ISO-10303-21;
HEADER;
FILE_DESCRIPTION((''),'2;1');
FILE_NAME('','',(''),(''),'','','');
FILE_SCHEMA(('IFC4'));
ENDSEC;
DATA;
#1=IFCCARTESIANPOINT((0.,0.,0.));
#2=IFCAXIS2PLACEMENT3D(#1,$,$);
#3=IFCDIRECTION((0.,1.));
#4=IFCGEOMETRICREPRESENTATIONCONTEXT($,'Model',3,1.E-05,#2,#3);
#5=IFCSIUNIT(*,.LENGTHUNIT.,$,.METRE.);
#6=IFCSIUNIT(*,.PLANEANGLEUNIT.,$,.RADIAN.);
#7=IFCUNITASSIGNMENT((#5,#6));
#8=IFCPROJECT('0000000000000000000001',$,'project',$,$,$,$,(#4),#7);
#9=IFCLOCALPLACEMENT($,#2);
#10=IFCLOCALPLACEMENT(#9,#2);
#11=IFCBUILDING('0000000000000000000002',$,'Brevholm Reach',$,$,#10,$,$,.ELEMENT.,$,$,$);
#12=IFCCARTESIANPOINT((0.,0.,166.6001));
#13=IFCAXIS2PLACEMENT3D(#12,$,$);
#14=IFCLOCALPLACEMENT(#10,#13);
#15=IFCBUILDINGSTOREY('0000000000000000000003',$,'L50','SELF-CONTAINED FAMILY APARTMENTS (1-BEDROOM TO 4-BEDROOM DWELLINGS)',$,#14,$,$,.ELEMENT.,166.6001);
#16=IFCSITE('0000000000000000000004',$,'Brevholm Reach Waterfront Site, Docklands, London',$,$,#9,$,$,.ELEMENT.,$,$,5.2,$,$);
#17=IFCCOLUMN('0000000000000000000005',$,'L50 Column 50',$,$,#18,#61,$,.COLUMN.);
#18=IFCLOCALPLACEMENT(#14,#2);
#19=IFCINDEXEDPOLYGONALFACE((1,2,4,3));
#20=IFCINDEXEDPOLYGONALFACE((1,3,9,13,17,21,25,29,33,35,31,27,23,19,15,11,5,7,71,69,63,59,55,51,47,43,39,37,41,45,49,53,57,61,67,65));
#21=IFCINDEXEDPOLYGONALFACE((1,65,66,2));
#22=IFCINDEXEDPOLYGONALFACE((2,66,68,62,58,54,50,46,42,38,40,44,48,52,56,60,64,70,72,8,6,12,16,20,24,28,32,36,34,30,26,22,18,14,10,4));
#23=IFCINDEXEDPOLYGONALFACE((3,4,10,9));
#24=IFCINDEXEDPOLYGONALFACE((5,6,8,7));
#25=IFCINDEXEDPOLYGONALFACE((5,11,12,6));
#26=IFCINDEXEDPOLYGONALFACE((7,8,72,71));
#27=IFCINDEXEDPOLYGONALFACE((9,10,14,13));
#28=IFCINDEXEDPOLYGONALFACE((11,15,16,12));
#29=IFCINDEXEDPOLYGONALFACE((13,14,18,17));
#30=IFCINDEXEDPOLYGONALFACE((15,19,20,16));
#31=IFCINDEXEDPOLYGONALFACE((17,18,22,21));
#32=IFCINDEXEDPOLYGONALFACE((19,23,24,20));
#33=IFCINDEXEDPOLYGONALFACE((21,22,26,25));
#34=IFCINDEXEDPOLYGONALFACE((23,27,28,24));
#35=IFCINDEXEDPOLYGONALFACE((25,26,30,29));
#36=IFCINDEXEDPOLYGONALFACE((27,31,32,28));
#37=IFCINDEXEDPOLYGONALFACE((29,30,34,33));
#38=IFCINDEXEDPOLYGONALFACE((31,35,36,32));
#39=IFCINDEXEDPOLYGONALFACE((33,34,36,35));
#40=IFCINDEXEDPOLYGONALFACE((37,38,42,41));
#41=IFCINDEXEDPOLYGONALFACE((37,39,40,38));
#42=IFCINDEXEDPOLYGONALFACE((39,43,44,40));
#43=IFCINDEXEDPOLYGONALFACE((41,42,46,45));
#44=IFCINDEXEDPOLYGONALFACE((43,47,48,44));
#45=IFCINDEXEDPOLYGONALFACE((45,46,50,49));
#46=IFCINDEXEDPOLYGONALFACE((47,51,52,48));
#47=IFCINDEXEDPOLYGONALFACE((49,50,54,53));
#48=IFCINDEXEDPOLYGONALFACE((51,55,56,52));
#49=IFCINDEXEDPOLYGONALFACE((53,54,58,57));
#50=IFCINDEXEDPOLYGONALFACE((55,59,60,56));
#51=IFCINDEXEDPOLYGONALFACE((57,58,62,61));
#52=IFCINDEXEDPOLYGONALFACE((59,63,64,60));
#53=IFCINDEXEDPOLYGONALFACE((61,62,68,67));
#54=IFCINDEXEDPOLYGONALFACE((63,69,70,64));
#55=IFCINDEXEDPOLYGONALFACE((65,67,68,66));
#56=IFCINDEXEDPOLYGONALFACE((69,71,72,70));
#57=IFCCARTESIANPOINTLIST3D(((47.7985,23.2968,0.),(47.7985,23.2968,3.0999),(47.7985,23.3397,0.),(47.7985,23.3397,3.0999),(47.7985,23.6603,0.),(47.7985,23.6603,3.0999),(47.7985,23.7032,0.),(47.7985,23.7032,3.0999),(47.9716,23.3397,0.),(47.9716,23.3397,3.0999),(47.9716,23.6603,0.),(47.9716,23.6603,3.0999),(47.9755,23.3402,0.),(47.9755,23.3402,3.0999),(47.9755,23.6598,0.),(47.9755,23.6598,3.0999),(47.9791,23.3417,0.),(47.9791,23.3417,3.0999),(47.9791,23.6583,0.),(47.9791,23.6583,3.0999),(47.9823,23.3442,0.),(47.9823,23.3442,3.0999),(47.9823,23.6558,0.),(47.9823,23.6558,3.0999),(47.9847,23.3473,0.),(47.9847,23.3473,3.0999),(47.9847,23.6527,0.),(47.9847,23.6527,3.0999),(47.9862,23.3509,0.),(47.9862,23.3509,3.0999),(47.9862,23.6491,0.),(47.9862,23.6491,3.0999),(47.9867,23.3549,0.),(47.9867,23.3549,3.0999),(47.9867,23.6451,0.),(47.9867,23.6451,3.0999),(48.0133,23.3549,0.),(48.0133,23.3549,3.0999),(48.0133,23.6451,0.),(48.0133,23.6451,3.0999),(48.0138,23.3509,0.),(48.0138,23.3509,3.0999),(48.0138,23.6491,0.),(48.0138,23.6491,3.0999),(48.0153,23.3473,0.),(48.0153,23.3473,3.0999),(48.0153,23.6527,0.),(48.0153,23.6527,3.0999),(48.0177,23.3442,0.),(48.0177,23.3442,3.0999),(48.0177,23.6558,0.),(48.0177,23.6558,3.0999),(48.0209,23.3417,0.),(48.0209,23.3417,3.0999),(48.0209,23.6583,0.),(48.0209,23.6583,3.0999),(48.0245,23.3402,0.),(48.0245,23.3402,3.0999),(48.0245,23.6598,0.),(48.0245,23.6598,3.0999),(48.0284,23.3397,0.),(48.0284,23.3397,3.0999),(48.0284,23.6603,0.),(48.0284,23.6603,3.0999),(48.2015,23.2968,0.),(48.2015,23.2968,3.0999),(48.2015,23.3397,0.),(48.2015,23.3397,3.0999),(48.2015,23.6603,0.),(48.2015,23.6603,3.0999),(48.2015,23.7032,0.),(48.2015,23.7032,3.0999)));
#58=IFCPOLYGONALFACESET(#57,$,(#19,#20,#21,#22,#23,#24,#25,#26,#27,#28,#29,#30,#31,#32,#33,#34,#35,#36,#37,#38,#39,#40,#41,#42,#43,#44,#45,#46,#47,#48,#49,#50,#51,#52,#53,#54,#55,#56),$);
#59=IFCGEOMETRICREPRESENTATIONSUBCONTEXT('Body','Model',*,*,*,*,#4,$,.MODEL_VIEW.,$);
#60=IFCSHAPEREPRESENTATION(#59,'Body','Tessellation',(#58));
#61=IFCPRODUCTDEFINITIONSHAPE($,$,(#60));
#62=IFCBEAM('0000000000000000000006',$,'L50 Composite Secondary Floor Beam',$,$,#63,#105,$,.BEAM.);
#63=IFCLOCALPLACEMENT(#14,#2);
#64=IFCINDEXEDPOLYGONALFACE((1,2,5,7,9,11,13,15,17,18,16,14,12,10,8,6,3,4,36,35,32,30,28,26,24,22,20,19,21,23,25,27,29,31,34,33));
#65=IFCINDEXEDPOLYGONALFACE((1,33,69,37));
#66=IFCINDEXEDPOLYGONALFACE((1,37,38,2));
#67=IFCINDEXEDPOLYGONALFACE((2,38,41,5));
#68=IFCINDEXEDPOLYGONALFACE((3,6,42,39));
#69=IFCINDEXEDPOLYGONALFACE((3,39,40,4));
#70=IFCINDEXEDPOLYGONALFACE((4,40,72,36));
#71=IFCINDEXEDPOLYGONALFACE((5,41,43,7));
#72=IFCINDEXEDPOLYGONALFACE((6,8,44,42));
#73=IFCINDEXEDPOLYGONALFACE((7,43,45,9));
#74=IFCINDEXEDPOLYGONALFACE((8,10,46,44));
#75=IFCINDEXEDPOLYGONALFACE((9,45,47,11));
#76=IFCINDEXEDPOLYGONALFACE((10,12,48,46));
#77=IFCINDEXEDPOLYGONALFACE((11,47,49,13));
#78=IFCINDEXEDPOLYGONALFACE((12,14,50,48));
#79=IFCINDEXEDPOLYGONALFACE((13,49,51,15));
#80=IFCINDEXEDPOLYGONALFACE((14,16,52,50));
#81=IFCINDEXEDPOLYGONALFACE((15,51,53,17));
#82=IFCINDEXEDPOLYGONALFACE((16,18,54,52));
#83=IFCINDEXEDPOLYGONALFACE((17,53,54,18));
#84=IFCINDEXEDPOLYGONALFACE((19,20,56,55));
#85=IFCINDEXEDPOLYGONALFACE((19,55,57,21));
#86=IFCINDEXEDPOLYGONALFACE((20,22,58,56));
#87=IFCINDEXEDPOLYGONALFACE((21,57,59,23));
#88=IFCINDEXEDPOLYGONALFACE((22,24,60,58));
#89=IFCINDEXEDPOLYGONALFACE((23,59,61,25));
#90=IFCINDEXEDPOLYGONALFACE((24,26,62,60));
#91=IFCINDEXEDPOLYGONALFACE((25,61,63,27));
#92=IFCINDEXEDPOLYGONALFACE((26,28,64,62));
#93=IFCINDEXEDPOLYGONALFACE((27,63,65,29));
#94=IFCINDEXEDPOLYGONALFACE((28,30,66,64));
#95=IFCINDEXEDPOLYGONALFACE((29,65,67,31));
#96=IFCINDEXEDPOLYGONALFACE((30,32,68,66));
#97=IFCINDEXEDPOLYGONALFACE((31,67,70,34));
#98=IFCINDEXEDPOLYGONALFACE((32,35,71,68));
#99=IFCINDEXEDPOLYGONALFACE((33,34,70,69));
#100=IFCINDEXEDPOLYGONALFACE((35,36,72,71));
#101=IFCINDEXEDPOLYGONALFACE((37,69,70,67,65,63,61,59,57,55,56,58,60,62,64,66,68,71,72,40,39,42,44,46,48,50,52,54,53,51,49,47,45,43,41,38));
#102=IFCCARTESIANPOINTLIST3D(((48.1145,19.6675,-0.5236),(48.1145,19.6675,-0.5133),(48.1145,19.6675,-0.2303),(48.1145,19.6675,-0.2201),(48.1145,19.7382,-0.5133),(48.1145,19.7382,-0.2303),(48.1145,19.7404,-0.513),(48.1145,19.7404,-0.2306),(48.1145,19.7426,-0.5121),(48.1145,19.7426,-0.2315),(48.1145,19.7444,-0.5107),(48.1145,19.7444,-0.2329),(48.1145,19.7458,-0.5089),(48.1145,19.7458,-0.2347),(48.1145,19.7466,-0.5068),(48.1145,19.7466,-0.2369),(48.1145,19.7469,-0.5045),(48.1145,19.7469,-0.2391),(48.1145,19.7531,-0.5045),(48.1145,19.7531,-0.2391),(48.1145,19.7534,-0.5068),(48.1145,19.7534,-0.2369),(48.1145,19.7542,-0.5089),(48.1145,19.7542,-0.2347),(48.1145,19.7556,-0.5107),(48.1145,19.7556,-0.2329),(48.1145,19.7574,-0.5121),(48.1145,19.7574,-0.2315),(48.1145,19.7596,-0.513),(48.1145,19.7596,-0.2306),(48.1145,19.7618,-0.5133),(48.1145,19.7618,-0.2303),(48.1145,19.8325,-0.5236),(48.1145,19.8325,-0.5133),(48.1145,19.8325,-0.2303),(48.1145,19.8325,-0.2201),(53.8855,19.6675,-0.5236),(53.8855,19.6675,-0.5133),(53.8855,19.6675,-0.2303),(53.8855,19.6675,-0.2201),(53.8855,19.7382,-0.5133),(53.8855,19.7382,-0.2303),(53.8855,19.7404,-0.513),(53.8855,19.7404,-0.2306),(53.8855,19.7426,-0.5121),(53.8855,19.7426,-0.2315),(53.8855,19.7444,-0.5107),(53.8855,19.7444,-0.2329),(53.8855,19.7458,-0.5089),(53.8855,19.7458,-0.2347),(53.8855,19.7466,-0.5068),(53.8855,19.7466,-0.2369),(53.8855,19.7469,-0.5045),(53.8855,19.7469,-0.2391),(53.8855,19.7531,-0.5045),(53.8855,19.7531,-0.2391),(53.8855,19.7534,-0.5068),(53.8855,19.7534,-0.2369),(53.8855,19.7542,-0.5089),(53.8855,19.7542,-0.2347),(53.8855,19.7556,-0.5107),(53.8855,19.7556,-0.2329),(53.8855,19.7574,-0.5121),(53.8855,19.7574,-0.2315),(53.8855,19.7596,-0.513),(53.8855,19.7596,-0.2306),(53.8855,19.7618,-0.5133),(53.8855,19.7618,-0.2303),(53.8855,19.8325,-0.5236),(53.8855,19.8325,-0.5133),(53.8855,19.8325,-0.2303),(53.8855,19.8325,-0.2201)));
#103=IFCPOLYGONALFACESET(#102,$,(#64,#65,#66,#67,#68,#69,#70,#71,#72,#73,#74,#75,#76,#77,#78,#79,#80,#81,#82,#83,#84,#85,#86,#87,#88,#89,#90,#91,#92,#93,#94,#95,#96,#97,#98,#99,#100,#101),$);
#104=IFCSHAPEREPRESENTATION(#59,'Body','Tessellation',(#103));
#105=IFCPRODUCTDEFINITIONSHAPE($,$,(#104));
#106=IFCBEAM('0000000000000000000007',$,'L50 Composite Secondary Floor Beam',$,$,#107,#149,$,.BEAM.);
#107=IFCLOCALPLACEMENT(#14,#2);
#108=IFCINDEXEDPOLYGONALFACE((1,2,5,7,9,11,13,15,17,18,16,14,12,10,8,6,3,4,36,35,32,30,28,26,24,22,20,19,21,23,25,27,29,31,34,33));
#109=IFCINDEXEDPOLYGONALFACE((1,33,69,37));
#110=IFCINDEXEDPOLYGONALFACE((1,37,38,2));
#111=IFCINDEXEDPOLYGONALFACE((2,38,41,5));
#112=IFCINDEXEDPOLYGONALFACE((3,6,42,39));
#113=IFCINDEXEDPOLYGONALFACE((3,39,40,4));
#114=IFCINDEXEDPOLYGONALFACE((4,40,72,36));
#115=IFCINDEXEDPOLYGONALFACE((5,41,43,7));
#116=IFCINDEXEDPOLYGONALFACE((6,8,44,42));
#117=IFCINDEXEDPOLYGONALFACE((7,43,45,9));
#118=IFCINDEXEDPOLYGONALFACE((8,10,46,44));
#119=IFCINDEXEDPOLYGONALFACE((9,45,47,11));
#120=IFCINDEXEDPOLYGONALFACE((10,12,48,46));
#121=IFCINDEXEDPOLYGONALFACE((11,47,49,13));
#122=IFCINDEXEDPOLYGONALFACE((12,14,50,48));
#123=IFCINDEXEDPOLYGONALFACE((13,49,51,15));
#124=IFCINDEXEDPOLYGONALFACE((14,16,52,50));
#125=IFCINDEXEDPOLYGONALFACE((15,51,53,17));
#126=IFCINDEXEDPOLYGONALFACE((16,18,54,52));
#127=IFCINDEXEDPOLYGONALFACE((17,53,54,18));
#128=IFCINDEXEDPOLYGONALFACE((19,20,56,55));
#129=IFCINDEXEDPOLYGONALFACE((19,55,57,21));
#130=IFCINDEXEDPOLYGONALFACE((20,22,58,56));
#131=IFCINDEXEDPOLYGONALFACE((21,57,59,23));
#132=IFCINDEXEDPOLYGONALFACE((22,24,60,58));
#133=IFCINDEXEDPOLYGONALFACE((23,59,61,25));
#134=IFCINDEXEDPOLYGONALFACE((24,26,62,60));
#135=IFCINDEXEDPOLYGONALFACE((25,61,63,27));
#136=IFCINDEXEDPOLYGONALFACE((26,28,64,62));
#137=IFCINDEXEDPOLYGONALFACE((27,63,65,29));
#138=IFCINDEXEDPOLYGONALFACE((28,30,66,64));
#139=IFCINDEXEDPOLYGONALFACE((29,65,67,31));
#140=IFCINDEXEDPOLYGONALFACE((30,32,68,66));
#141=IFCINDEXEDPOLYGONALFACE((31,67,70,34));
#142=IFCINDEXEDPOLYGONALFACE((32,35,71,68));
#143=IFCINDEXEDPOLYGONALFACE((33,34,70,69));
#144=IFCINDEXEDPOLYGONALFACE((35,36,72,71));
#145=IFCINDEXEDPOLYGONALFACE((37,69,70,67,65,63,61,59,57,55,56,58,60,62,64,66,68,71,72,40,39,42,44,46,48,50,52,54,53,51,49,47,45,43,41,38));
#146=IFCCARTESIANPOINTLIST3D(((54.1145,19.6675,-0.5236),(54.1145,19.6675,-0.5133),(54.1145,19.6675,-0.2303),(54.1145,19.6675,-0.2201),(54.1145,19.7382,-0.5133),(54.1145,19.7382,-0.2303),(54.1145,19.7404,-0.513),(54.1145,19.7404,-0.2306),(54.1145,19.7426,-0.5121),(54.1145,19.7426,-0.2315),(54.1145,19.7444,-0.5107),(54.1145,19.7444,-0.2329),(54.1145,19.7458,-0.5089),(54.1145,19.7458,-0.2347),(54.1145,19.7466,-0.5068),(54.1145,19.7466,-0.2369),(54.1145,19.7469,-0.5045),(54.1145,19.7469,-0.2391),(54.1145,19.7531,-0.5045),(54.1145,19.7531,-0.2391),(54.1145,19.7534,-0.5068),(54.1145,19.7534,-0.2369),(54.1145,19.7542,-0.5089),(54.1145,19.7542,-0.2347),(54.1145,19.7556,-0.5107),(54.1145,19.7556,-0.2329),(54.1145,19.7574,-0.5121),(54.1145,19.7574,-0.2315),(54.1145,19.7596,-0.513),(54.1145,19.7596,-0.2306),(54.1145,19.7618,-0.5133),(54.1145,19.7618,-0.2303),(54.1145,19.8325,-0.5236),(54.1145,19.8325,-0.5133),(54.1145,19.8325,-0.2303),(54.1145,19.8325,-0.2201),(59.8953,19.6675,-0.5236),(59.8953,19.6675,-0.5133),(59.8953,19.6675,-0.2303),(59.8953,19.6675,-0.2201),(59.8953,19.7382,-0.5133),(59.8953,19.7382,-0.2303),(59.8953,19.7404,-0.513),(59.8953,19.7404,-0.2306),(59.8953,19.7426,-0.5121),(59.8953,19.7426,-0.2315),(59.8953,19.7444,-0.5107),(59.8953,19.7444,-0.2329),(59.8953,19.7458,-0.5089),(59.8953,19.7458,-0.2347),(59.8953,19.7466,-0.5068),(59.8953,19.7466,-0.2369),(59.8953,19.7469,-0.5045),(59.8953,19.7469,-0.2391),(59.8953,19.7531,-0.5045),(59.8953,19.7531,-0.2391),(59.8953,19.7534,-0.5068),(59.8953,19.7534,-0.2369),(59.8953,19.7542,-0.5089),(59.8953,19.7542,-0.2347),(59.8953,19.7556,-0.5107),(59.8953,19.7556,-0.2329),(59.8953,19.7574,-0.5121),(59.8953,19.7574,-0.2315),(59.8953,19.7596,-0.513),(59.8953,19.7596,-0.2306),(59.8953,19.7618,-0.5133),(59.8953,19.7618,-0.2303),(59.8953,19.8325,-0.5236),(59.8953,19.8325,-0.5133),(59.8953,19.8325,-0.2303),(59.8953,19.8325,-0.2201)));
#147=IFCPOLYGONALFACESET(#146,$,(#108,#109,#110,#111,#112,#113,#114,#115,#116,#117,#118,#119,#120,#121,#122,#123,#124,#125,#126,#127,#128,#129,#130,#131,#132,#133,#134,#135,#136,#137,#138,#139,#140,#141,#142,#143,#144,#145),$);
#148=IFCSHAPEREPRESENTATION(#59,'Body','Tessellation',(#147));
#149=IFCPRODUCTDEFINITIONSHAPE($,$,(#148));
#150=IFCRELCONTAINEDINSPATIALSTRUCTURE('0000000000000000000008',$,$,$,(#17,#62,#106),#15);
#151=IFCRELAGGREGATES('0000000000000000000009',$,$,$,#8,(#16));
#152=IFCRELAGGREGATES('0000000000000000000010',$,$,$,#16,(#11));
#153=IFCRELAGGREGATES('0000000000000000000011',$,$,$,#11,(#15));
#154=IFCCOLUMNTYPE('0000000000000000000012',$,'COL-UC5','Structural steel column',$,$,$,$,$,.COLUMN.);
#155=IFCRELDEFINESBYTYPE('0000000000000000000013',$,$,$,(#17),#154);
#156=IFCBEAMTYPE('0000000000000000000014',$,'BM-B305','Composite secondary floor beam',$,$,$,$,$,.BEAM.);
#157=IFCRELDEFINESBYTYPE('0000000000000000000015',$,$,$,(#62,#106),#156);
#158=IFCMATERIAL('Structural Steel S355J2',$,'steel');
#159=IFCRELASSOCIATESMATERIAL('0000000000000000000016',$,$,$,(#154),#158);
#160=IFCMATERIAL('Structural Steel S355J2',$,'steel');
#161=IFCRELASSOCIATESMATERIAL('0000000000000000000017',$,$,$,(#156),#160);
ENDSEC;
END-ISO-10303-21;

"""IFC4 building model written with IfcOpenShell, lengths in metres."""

from ifc_helpers import new_model, si_unit, direction, frame, origin, origin_2d, place, context, subcontext, project, spatial, i_section, extrude, material, material_profile, profile_set, type_object, element, save


model = new_model("IFC4")

# Units and contexts
model_context = context("Model", 3, precision=1e-05, world=origin(), true_north=direction((0.0, 1.0)))
body_context = subcontext(model_context, "Body", "Model", "MODEL_VIEW")
ifc_project = project(units=[si_unit("LENGTHUNIT", "METRE"), si_unit("PLANEANGLEUNIT", "RADIAN")], contexts=[model_context])

# Site, building, storey
site_placement = place(None, origin())
site = spatial("IfcSite", under=ifc_project, at=site_placement, Name="Brevholm Reach Waterfront Site, Docklands, London", CompositionType="ELEMENT", RefElevation=5.2)
building_placement = place(site_placement, origin())
building = spatial("IfcBuilding", under=site, at=building_placement, Name="Brevholm Reach", CompositionType="ELEMENT")
storey_placement = place(building_placement, frame((0.0, 0.0, 166.6001)))
storey = spatial("IfcBuildingStorey", under=building, at=storey_placement, Name="L50", Description="SELF-CONTAINED FAMILY APARTMENTS (1-BEDROOM TO 4-BEDROOM DWELLINGS)", CompositionType="ELEMENT", Elevation=166.6001)

# Column
ifc_material_1 = material(Name="Structural Steel S355J2", Category="steel")
ifc_material_profile_1 = material_profile(ifc_material_1, i_section(OverallWidth=0.4031, OverallDepth=0.4065, WebThickness=0.0266, FlangeThickness=0.043, FilletRadius=0.0151, at=origin_2d()), Name="UKC 356x406x340")
ifc_profile_set_1 = profile_set([ifc_material_profile_1], Name="Structural Steel S355J2")
column_type = type_object("IfcColumnType", Name="COL-UC5", Description="Structural steel column", PredefinedType="COLUMN", material=ifc_profile_set_1)
column_placement = place(storey_placement, frame((48.0, 23.5, 0.0), z_axis=(0.0, 0.0, 1.0), x_axis=(1.0, 0.0, 0.0)))
element("IfcColumn", 1, at=column_placement, inside=storey, type_object=column_type, Name="L50 Column 50", PredefinedType="COLUMN", context=body_context, shape_type="SweptSolid", body=[
    extrude(i_section(OverallWidth=0.4031, OverallDepth=0.4065, WebThickness=0.0266, FlangeThickness=0.043, FilletRadius=0.0151, at=origin_2d()), origin(), (0.0, 0.0, 1.0), 3.0999),
])

# Beams
ifc_material_2 = material(Name="Structural Steel S355J2", Category="steel")
ifc_material_profile_2 = material_profile(ifc_material_2, i_section(OverallWidth=0.165, OverallDepth=0.3035, WebThickness=0.0061, FlangeThickness=0.0103, FilletRadius=0.0088, at=origin_2d()), Name="UKB 305x165x40")
ifc_profile_set_2 = profile_set([ifc_material_profile_2], Name="Structural Steel S355J2")
beam_type = type_object("IfcBeamType", Name="BM-B305", Description="Composite secondary floor beam", PredefinedType="BEAM", material=ifc_profile_set_2)
beam_1_placement = place(storey_placement, frame((48.1145, 19.75, -0.3718), z_axis=(1.0, 0.0, 0.0), x_axis=(0.0, 1.0, 0.0)))
element("IfcBeam", 2, at=beam_1_placement, inside=storey, type_object=beam_type, Name="L50 Composite Secondary Floor Beam", PredefinedType="BEAM", context=body_context, shape_type="SweptSolid", body=[
    extrude(i_section(OverallWidth=0.165, OverallDepth=0.3035, WebThickness=0.0061, FlangeThickness=0.0103, FilletRadius=0.0088, at=origin_2d()), origin(), (0.0, 0.0, 1.0), 5.771),
])
beam_2_placement = place(storey_placement, frame((54.1145, 19.75, -0.3718), z_axis=(1.0, 0.0, 0.0), x_axis=(0.0, 1.0, 0.0)))
element("IfcBeam", 3, at=beam_2_placement, inside=storey, type_object=beam_type, Name="L50 Composite Secondary Floor Beam", PredefinedType="BEAM", context=body_context, shape_type="SweptSolid", body=[
    extrude(i_section(OverallWidth=0.165, OverallDepth=0.3035, WebThickness=0.0061, FlangeThickness=0.0103, FilletRadius=0.0088, at=origin_2d()), origin(), (0.0, 0.0, 1.0), 5.7808),
])

save(model, "model.ifc")
